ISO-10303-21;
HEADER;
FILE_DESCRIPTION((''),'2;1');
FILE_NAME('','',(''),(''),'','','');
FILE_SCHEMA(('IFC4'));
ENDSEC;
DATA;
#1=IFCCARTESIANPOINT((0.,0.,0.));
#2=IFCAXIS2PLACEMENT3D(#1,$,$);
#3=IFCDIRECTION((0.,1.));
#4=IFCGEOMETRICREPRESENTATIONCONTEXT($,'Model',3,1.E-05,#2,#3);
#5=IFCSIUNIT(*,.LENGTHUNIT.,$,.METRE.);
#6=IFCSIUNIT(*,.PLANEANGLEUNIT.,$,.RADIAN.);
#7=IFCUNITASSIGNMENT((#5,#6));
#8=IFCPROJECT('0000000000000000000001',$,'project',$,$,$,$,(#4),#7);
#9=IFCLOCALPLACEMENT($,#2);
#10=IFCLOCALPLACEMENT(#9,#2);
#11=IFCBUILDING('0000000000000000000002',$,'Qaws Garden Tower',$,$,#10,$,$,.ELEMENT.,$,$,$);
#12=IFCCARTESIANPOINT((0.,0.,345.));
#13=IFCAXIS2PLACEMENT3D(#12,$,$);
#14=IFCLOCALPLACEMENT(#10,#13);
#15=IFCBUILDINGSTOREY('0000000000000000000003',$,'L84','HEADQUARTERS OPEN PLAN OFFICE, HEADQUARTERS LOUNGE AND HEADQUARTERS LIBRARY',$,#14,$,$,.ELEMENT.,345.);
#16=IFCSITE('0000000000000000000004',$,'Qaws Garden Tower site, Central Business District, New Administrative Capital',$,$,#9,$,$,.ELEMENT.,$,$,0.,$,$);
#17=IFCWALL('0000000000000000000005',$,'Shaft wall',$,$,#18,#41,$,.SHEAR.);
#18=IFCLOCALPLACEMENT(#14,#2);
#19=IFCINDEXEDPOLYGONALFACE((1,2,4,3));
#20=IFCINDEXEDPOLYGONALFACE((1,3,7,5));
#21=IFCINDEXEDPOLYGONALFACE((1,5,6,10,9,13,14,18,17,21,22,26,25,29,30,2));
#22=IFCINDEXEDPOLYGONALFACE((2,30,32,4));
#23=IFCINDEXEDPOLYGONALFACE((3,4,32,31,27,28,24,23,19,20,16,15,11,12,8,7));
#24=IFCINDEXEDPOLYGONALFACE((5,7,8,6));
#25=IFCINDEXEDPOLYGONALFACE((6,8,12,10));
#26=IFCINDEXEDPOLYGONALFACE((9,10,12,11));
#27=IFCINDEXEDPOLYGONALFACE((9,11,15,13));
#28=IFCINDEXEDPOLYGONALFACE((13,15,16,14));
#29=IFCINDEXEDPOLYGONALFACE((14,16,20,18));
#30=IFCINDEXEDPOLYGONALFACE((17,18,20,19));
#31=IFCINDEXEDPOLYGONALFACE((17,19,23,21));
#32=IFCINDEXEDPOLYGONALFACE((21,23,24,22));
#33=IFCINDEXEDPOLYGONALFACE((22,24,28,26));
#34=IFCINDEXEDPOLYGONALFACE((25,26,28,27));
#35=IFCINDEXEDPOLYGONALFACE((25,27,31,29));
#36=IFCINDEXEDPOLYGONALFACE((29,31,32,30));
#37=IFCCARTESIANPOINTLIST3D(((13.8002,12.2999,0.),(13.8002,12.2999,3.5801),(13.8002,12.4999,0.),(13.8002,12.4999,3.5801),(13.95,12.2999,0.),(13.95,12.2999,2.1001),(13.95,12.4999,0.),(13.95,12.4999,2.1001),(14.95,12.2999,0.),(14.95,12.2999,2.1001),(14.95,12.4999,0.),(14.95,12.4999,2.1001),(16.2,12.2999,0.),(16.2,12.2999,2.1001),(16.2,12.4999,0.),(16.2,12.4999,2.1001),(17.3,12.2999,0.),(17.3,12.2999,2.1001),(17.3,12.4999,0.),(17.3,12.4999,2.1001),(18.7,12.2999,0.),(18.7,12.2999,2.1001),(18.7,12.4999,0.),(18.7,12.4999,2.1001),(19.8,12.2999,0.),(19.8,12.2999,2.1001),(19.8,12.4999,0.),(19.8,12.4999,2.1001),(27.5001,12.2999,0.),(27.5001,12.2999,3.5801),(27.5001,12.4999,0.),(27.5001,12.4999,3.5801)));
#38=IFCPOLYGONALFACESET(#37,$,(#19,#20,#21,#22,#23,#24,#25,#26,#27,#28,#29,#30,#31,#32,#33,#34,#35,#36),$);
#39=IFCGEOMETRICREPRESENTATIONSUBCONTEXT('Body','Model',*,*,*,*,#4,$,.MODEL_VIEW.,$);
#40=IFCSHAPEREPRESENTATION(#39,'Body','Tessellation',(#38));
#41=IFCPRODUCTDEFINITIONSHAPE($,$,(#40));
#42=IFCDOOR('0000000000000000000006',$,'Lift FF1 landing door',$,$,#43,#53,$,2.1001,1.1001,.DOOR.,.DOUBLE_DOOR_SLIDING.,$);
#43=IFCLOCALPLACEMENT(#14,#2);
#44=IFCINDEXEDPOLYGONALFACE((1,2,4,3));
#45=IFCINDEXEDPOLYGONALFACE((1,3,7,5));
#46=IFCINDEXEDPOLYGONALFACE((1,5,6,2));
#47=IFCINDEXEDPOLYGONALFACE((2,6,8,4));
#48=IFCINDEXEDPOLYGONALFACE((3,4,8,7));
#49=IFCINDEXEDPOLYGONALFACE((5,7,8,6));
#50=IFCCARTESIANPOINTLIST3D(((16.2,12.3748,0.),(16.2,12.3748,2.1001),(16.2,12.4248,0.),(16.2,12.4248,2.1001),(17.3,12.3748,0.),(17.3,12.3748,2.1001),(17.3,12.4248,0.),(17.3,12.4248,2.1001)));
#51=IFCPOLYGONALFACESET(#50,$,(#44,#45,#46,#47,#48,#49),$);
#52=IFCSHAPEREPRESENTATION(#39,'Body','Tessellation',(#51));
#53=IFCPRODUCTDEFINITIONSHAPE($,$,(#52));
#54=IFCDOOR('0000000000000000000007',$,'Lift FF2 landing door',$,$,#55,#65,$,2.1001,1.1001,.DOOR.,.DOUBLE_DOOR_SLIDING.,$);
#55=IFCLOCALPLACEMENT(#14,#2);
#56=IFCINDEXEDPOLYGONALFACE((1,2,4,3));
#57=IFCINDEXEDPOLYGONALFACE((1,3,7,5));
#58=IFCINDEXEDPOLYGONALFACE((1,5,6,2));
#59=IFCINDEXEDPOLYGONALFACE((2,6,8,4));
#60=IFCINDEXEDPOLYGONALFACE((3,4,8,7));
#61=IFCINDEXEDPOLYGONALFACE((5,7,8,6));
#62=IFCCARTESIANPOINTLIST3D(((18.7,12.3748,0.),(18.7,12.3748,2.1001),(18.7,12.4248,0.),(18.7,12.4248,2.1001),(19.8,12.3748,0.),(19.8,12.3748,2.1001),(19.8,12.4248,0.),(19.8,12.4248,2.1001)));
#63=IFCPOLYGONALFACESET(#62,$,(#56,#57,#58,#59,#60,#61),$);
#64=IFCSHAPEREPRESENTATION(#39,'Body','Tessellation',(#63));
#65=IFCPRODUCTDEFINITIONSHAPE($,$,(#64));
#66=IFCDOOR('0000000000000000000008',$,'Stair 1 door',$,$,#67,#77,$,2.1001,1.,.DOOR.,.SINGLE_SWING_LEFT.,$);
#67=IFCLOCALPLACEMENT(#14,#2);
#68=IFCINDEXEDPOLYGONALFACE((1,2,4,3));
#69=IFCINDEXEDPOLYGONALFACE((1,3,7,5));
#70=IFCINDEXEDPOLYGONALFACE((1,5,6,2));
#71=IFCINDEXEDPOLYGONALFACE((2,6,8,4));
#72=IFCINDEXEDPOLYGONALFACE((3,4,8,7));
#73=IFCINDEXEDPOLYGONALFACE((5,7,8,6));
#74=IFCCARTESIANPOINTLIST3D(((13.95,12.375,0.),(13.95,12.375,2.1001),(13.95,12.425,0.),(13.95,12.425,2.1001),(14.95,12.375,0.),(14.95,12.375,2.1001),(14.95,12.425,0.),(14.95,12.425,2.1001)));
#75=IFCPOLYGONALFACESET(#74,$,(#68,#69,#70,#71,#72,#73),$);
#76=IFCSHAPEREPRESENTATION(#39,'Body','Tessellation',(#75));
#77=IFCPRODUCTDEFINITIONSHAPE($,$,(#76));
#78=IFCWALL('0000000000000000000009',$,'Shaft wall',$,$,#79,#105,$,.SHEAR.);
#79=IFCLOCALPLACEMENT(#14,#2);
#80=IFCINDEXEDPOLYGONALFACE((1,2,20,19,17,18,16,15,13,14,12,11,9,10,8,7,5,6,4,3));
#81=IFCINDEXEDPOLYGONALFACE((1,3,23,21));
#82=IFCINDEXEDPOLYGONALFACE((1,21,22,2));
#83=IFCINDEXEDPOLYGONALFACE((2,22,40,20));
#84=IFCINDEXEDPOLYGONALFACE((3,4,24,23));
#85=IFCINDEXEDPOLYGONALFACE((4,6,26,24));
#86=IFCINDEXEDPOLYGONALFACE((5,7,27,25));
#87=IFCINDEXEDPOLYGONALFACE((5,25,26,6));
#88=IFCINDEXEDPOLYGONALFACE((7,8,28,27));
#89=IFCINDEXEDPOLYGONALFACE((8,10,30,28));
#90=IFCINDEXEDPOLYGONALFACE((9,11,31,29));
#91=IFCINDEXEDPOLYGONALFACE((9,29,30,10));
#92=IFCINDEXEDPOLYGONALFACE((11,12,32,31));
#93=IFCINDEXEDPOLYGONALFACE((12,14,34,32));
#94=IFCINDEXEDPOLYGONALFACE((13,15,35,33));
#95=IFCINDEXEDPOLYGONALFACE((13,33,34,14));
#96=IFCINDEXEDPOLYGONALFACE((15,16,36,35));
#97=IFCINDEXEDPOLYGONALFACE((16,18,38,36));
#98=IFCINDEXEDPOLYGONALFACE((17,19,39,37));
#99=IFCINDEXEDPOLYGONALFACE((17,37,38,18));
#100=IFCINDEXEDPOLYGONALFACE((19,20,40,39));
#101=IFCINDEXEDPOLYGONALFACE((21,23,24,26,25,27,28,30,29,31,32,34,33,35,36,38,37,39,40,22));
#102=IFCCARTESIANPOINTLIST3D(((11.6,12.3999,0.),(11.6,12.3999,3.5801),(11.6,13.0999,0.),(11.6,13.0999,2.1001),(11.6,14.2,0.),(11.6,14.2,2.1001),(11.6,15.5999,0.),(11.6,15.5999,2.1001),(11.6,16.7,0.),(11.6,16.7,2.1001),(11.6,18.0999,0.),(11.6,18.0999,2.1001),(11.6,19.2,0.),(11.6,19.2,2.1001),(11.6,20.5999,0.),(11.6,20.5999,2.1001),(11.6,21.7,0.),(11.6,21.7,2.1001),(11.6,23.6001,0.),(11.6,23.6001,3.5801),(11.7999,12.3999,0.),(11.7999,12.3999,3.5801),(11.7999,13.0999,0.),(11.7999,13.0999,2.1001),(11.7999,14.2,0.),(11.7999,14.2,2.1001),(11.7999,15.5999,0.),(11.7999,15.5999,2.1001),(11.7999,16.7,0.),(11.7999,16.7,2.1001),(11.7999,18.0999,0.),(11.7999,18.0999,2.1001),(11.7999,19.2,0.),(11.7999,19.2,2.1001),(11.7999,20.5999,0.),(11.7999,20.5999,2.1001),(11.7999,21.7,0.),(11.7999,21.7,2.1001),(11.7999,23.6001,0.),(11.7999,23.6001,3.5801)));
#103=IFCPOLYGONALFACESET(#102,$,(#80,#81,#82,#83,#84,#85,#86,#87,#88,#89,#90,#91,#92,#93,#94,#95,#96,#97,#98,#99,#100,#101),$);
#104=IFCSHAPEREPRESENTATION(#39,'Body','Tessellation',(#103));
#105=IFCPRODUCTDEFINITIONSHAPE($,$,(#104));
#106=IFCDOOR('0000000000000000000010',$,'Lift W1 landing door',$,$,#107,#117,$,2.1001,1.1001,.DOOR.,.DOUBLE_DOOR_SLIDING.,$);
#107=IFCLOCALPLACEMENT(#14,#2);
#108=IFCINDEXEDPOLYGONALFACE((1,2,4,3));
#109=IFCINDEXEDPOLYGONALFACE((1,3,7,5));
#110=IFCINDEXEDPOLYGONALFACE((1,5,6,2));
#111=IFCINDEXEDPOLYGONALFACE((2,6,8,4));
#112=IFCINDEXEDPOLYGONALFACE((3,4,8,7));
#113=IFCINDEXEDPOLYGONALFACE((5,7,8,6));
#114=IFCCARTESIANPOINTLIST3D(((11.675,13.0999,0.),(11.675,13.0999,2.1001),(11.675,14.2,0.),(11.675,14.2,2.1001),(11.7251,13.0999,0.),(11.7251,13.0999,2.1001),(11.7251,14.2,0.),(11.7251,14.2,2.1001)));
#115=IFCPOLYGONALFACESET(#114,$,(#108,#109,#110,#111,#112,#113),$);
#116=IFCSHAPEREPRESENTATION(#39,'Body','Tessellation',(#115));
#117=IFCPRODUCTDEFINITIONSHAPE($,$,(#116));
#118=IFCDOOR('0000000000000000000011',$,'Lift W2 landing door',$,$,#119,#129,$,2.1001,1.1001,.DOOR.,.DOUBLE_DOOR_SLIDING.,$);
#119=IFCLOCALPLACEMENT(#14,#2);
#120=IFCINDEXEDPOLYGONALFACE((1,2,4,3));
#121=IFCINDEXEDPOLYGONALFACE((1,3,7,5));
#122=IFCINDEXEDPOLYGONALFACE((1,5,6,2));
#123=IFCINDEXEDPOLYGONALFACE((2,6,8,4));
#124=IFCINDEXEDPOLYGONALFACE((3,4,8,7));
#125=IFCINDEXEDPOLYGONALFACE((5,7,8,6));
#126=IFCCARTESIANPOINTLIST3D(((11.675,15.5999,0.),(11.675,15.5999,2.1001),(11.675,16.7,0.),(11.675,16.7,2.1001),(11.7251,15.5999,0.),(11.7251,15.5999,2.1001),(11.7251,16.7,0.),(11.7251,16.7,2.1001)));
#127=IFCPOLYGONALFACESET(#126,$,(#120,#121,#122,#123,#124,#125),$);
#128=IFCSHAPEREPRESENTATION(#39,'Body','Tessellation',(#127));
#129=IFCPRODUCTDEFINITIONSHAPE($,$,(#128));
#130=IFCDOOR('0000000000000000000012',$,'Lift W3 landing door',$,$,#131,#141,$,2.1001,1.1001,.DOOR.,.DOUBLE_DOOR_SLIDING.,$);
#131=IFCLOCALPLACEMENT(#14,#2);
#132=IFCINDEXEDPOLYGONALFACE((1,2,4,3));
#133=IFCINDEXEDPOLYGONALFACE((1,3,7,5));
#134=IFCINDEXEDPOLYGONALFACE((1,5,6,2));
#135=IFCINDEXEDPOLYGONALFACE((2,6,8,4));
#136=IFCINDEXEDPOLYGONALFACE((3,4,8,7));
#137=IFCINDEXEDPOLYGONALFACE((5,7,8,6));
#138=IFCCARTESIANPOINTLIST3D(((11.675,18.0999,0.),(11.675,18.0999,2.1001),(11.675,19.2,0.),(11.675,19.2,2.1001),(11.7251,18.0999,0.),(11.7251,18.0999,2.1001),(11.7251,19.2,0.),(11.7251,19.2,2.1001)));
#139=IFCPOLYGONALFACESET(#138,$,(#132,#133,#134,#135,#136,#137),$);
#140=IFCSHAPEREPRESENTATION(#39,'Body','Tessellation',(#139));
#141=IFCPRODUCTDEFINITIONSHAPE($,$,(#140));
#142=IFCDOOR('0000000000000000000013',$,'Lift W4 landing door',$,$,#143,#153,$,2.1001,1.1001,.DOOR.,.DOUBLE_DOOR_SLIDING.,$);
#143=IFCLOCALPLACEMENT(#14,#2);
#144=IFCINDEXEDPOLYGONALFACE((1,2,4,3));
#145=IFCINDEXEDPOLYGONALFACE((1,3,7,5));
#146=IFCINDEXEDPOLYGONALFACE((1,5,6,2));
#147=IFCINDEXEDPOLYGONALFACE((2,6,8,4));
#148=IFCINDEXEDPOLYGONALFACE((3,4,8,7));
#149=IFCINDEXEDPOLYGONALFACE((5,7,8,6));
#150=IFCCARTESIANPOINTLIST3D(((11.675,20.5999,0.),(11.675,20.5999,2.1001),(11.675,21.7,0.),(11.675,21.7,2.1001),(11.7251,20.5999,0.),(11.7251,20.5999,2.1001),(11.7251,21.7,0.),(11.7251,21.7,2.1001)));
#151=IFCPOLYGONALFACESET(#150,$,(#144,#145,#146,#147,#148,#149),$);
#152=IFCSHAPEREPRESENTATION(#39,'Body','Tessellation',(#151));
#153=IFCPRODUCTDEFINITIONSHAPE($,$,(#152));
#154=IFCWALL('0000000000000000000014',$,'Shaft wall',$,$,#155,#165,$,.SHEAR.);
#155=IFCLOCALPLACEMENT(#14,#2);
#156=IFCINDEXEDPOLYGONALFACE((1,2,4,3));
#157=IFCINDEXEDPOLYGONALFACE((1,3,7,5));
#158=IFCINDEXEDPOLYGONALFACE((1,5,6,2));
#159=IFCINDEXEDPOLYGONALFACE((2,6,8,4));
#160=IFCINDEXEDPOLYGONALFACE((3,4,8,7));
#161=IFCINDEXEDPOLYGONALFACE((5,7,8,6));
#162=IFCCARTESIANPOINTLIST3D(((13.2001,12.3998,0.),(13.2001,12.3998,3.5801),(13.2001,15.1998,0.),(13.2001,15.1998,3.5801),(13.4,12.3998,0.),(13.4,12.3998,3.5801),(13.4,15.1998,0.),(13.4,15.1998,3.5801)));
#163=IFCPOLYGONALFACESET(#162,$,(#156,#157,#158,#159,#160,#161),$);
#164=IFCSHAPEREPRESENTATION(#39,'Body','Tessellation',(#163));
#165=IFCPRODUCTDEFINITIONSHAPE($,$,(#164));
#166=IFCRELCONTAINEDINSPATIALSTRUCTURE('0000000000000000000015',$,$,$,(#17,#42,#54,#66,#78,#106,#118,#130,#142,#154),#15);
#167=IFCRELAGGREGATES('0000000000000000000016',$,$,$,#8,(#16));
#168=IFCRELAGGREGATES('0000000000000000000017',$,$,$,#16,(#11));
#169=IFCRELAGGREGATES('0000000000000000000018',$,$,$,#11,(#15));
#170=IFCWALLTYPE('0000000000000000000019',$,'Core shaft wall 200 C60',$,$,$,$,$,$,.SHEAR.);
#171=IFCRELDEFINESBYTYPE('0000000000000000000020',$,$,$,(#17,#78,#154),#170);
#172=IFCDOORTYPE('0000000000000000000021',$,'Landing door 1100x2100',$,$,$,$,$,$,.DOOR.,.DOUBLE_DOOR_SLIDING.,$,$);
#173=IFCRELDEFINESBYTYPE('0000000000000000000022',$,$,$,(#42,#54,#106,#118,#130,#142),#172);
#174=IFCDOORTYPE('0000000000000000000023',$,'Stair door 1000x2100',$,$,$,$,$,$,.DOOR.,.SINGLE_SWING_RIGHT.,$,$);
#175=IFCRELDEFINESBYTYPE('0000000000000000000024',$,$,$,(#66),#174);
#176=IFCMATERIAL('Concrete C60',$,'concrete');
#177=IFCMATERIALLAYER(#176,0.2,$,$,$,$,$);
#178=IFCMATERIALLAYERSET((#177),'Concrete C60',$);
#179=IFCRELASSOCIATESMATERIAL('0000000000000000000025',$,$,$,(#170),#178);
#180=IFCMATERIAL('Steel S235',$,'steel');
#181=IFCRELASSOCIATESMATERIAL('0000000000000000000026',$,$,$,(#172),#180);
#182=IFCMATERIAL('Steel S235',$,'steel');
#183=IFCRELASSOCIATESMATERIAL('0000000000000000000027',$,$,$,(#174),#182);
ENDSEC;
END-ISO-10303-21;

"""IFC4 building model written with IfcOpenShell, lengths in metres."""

from ifc_helpers import new_model, si_unit, direction, frame, frame_2d, origin, place, context, subcontext, project, spatial, rectangle, extrude, material, layer, layer_set, type_object, element, fill, save


model = new_model("IFC4")

# Units and contexts
model_context = context("Model", 3, precision=1e-05, world=origin(), true_north=direction((0.0, 1.0)))
body_context = subcontext(model_context, "Body", "Model", "MODEL_VIEW")
ifc_project = project(units=[si_unit("LENGTHUNIT", "METRE"), si_unit("PLANEANGLEUNIT", "RADIAN")], contexts=[model_context])

# Site, building, storey
site_placement = place(None, origin())
site = spatial("IfcSite", under=ifc_project, at=site_placement, Name="Qaws Garden Tower site, Central Business District, New Administrative Capital", CompositionType="ELEMENT", RefElevation=0.0)
building_placement = place(site_placement, origin())
building = spatial("IfcBuilding", under=site, at=building_placement, Name="Qaws Garden Tower", CompositionType="ELEMENT")
storey_placement = place(building_placement, frame((0.0, 0.0, 345.0)))
storey = spatial("IfcBuildingStorey", under=building, at=storey_placement, Name="L84", Description="HEADQUARTERS OPEN PLAN OFFICE, HEADQUARTERS LOUNGE AND HEADQUARTERS LIBRARY", CompositionType="ELEMENT", Elevation=345.0)

# Walls, openings, doors
ifc_material_1 = material(Name="Concrete C60", Category="concrete")
ifc_layer_1 = layer(ifc_material_1, 0.2)
ifc_layer_set_1 = layer_set([ifc_layer_1], Name="Concrete C60")
wall_type_1 = type_object("IfcWallType", Name="Core shaft wall 200 C60", PredefinedType="SHEAR", material=ifc_layer_set_1)
wall_1_placement = place(storey_placement, frame((13.8, 12.3999, 0.0), z_axis=(0.0, 0.0, 1.0), x_axis=(1.0, 0.0, 0.0)))
wall_1 = element("IfcWall", 1, at=wall_1_placement, inside=storey, type_object=wall_type_1, Name="Shaft wall", PredefinedType="SHEAR", context=body_context, shape_type="SweptSolid", body=[
    extrude(rectangle(XDim=13.7, YDim=0.2, at=frame_2d((6.8501, 0.0))), origin(), (0.0, 0.0, 1.0), 3.5801),
])
opening_1_placement = place(wall_1_placement, frame((2.3999, 0.0, 0.0)))
opening_1 = element("IfcOpeningElement", 2, at=opening_1_placement, cuts=wall_1, PredefinedType="OPENING", context=body_context, shape_type="SweptSolid", body=[
    extrude(rectangle(XDim=1.1001, YDim=2.1001, at=frame_2d((0.55, 1.05))), frame((0.0, 0.1099, 0.0), z_axis=(0.0, -1.0, 0.0), x_axis=(1.0, 0.0, 0.0)), (0.0, 0.0, 1.0), 0.22),
])
opening_2_placement = place(wall_1_placement, frame((4.8999, 0.0, 0.0)))
opening_2 = element("IfcOpeningElement", 3, at=opening_2_placement, cuts=wall_1, PredefinedType="OPENING", context=body_context, shape_type="SweptSolid", body=[
    extrude(rectangle(XDim=1.1001, YDim=2.1001, at=frame_2d((0.55, 1.05))), frame((0.0, 0.1099, 0.0), z_axis=(0.0, -1.0, 0.0), x_axis=(1.0, 0.0, 0.0)), (0.0, 0.0, 1.0), 0.22),
])
opening_3_placement = place(wall_1_placement, frame((0.1499, 0.0, 0.0)))
opening_3 = element("IfcOpeningElement", 4, at=opening_3_placement, cuts=wall_1, PredefinedType="OPENING", context=body_context, shape_type="SweptSolid", body=[
    extrude(rectangle(XDim=1.0, YDim=2.1001, at=frame_2d((0.5, 1.05))), frame((0.0, 0.1099, 0.0), z_axis=(0.0, -1.0, 0.0), x_axis=(1.0, 0.0, 0.0)), (0.0, 0.0, 1.0), 0.22),
])
ifc_material_2 = material(Name="Steel S235", Category="steel")
door_type_1 = type_object("IfcDoorType", Name="Landing door 1100x2100", OperationType="DOUBLE_DOOR_SLIDING", PredefinedType="DOOR", material=ifc_material_2)
door_1_placement = place(opening_1_placement, origin())
door_1 = element("IfcDoor", 5, at=door_1_placement, inside=storey, type_object=door_type_1, Name="Lift FF1 landing door", OperationType="DOUBLE_DOOR_SLIDING", OverallHeight=2.1001, OverallWidth=1.1001, PredefinedType="DOOR", context=body_context, shape_type="SweptSolid", body=[
    extrude(rectangle(XDim=1.1001, YDim=2.1001, at=frame_2d((0.55, 1.05))), frame((0.0, 0.0249, 0.0), z_axis=(0.0, -1.0, 0.0), x_axis=(1.0, 0.0, 0.0)), (0.0, 0.0, 1.0), 0.05),
])
fill(opening_1, door_1)
door_2_placement = place(opening_2_placement, origin())
door_2 = element("IfcDoor", 6, at=door_2_placement, inside=storey, type_object=door_type_1, Name="Lift FF2 landing door", OperationType="DOUBLE_DOOR_SLIDING", OverallHeight=2.1001, OverallWidth=1.1001, PredefinedType="DOOR", context=body_context, shape_type="SweptSolid", body=[
    extrude(rectangle(XDim=1.1001, YDim=2.1001, at=frame_2d((0.55, 1.05))), frame((0.0, 0.0249, 0.0), z_axis=(0.0, -1.0, 0.0), x_axis=(1.0, 0.0, 0.0)), (0.0, 0.0, 1.0), 0.05),
])
fill(opening_2, door_2)
ifc_material_3 = material(Name="Steel S235", Category="steel")
door_type_2 = type_object("IfcDoorType", Name="Stair door 1000x2100", OperationType="SINGLE_SWING_RIGHT", PredefinedType="DOOR", material=ifc_material_3)
door_3_placement = place(opening_3_placement, frame((1.0, 0.0, 0.0), z_axis=(0.0, 0.0, 1.0), x_axis=(-1.0, 0.0, 0.0)))
door_3 = element("IfcDoor", 7, at=door_3_placement, inside=storey, type_object=door_type_2, Name="Stair 1 door", OperationType="SINGLE_SWING_LEFT", OverallHeight=2.1001, OverallWidth=1.0, PredefinedType="DOOR", context=body_context, shape_type="SweptSolid", body=[
    extrude(rectangle(XDim=1.0, YDim=2.1001, at=frame_2d((0.5, 1.05))), frame((0.0, 0.0249, 0.0), z_axis=(0.0, -1.0, 0.0), x_axis=(1.0, 0.0, 0.0)), (0.0, 0.0, 1.0), 0.05),
])
fill(opening_3, door_3)
wall_2_placement = place(storey_placement, frame((11.7, 12.3999, 0.0), z_axis=(0.0, 0.0, 1.0), x_axis=(0.0, 1.0, 0.0)))
wall_2 = element("IfcWall", 8, at=wall_2_placement, inside=storey, type_object=wall_type_1, Name="Shaft wall", PredefinedType="SHEAR", context=body_context, shape_type="SweptSolid", body=[
    extrude(rectangle(XDim=11.2002, YDim=0.2, at=frame_2d((5.6001, 0.0))), origin(), (0.0, 0.0, 1.0), 3.5801),
])
opening_4_placement = place(wall_2_placement, frame((0.7, 0.0, 0.0)))
opening_4 = element("IfcOpeningElement", 9, at=opening_4_placement, cuts=wall_2, PredefinedType="OPENING", context=body_context, shape_type="SweptSolid", body=[
    extrude(rectangle(XDim=1.1001, YDim=2.1001, at=frame_2d((0.55, 1.05))), frame((0.0, 0.1099, 0.0), z_axis=(0.0, -1.0, 0.0), x_axis=(1.0, 0.0, 0.0)), (0.0, 0.0, 1.0), 0.22),
])
opening_5_placement = place(wall_2_placement, frame((3.2, 0.0, 0.0)))
opening_5 = element("IfcOpeningElement", 10, at=opening_5_placement, cuts=wall_2, PredefinedType="OPENING", context=body_context, shape_type="SweptSolid", body=[
    extrude(rectangle(XDim=1.1001, YDim=2.1001, at=frame_2d((0.55, 1.05))), frame((0.0, 0.1099, 0.0), z_axis=(0.0, -1.0, 0.0), x_axis=(1.0, 0.0, 0.0)), (0.0, 0.0, 1.0), 0.22),
])
opening_6_placement = place(wall_2_placement, frame((5.7, 0.0, 0.0)))
opening_6 = element("IfcOpeningElement", 11, at=opening_6_placement, cuts=wall_2, PredefinedType="OPENING", context=body_context, shape_type="SweptSolid", body=[
    extrude(rectangle(XDim=1.1001, YDim=2.1001, at=frame_2d((0.55, 1.05))), frame((0.0, 0.1099, 0.0), z_axis=(0.0, -1.0, 0.0), x_axis=(1.0, 0.0, 0.0)), (0.0, 0.0, 1.0), 0.22),
])
opening_7_placement = place(wall_2_placement, frame((8.2, 0.0, 0.0)))
opening_7 = element("IfcOpeningElement", 12, at=opening_7_placement, cuts=wall_2, PredefinedType="OPENING", context=body_context, shape_type="SweptSolid", body=[
    extrude(rectangle(XDim=1.1001, YDim=2.1001, at=frame_2d((0.55, 1.05))), frame((0.0, 0.1099, 0.0), z_axis=(0.0, -1.0, 0.0), x_axis=(1.0, 0.0, 0.0)), (0.0, 0.0, 1.0), 0.22),
])
door_4_placement = place(opening_4_placement, origin())
door_4 = element("IfcDoor", 13, at=door_4_placement, inside=storey, type_object=door_type_1, Name="Lift W1 landing door", OperationType="DOUBLE_DOOR_SLIDING", OverallHeight=2.1001, OverallWidth=1.1001, PredefinedType="DOOR", context=body_context, shape_type="SweptSolid", body=[
    extrude(rectangle(XDim=1.1001, YDim=2.1001, at=frame_2d((0.55, 1.05))), frame((0.0, 0.0249, 0.0), z_axis=(0.0, -1.0, 0.0), x_axis=(1.0, 0.0, 0.0)), (0.0, 0.0, 1.0), 0.05),
])
fill(opening_4, door_4)
door_5_placement = place(opening_5_placement, origin())
door_5 = element("IfcDoor", 14, at=door_5_placement, inside=storey, type_object=door_type_1, Name="Lift W2 landing door", OperationType="DOUBLE_DOOR_SLIDING", OverallHeight=2.1001, OverallWidth=1.1001, PredefinedType="DOOR", context=body_context, shape_type="SweptSolid", body=[
    extrude(rectangle(XDim=1.1001, YDim=2.1001, at=frame_2d((0.55, 1.05))), frame((0.0, 0.0249, 0.0), z_axis=(0.0, -1.0, 0.0), x_axis=(1.0, 0.0, 0.0)), (0.0, 0.0, 1.0), 0.05),
])
fill(opening_5, door_5)
door_6_placement = place(opening_6_placement, origin())
door_6 = element("IfcDoor", 15, at=door_6_placement, inside=storey, type_object=door_type_1, Name="Lift W3 landing door", OperationType="DOUBLE_DOOR_SLIDING", OverallHeight=2.1001, OverallWidth=1.1001, PredefinedType="DOOR", context=body_context, shape_type="SweptSolid", body=[
    extrude(rectangle(XDim=1.1001, YDim=2.1001, at=frame_2d((0.55, 1.05))), frame((0.0, 0.0249, 0.0), z_axis=(0.0, -1.0, 0.0), x_axis=(1.0, 0.0, 0.0)), (0.0, 0.0, 1.0), 0.05),
])
fill(opening_6, door_6)
door_7_placement = place(opening_7_placement, origin())
door_7 = element("IfcDoor", 16, at=door_7_placement, inside=storey, type_object=door_type_1, Name="Lift W4 landing door", OperationType="DOUBLE_DOOR_SLIDING", OverallHeight=2.1001, OverallWidth=1.1001, PredefinedType="DOOR", context=body_context, shape_type="SweptSolid", body=[
    extrude(rectangle(XDim=1.1001, YDim=2.1001, at=frame_2d((0.55, 1.05))), frame((0.0, 0.0249, 0.0), z_axis=(0.0, -1.0, 0.0), x_axis=(1.0, 0.0, 0.0)), (0.0, 0.0, 1.0), 0.05),
])
fill(opening_7, door_7)

# Wall
wall_3_placement = place(storey_placement, frame((13.3, 12.3999, 0.0), z_axis=(0.0, 0.0, 1.0), x_axis=(0.0, 1.0, 0.0)))
element("IfcWall", 17, at=wall_3_placement, inside=storey, type_object=wall_type_1, Name="Shaft wall", PredefinedType="SHEAR", context=body_context, shape_type="SweptSolid", body=[
    extrude(rectangle(XDim=2.8, YDim=0.2, at=frame_2d((1.3999, 0.0))), origin(), (0.0, 0.0, 1.0), 3.5801),
])

save(model, "model.ifc")
